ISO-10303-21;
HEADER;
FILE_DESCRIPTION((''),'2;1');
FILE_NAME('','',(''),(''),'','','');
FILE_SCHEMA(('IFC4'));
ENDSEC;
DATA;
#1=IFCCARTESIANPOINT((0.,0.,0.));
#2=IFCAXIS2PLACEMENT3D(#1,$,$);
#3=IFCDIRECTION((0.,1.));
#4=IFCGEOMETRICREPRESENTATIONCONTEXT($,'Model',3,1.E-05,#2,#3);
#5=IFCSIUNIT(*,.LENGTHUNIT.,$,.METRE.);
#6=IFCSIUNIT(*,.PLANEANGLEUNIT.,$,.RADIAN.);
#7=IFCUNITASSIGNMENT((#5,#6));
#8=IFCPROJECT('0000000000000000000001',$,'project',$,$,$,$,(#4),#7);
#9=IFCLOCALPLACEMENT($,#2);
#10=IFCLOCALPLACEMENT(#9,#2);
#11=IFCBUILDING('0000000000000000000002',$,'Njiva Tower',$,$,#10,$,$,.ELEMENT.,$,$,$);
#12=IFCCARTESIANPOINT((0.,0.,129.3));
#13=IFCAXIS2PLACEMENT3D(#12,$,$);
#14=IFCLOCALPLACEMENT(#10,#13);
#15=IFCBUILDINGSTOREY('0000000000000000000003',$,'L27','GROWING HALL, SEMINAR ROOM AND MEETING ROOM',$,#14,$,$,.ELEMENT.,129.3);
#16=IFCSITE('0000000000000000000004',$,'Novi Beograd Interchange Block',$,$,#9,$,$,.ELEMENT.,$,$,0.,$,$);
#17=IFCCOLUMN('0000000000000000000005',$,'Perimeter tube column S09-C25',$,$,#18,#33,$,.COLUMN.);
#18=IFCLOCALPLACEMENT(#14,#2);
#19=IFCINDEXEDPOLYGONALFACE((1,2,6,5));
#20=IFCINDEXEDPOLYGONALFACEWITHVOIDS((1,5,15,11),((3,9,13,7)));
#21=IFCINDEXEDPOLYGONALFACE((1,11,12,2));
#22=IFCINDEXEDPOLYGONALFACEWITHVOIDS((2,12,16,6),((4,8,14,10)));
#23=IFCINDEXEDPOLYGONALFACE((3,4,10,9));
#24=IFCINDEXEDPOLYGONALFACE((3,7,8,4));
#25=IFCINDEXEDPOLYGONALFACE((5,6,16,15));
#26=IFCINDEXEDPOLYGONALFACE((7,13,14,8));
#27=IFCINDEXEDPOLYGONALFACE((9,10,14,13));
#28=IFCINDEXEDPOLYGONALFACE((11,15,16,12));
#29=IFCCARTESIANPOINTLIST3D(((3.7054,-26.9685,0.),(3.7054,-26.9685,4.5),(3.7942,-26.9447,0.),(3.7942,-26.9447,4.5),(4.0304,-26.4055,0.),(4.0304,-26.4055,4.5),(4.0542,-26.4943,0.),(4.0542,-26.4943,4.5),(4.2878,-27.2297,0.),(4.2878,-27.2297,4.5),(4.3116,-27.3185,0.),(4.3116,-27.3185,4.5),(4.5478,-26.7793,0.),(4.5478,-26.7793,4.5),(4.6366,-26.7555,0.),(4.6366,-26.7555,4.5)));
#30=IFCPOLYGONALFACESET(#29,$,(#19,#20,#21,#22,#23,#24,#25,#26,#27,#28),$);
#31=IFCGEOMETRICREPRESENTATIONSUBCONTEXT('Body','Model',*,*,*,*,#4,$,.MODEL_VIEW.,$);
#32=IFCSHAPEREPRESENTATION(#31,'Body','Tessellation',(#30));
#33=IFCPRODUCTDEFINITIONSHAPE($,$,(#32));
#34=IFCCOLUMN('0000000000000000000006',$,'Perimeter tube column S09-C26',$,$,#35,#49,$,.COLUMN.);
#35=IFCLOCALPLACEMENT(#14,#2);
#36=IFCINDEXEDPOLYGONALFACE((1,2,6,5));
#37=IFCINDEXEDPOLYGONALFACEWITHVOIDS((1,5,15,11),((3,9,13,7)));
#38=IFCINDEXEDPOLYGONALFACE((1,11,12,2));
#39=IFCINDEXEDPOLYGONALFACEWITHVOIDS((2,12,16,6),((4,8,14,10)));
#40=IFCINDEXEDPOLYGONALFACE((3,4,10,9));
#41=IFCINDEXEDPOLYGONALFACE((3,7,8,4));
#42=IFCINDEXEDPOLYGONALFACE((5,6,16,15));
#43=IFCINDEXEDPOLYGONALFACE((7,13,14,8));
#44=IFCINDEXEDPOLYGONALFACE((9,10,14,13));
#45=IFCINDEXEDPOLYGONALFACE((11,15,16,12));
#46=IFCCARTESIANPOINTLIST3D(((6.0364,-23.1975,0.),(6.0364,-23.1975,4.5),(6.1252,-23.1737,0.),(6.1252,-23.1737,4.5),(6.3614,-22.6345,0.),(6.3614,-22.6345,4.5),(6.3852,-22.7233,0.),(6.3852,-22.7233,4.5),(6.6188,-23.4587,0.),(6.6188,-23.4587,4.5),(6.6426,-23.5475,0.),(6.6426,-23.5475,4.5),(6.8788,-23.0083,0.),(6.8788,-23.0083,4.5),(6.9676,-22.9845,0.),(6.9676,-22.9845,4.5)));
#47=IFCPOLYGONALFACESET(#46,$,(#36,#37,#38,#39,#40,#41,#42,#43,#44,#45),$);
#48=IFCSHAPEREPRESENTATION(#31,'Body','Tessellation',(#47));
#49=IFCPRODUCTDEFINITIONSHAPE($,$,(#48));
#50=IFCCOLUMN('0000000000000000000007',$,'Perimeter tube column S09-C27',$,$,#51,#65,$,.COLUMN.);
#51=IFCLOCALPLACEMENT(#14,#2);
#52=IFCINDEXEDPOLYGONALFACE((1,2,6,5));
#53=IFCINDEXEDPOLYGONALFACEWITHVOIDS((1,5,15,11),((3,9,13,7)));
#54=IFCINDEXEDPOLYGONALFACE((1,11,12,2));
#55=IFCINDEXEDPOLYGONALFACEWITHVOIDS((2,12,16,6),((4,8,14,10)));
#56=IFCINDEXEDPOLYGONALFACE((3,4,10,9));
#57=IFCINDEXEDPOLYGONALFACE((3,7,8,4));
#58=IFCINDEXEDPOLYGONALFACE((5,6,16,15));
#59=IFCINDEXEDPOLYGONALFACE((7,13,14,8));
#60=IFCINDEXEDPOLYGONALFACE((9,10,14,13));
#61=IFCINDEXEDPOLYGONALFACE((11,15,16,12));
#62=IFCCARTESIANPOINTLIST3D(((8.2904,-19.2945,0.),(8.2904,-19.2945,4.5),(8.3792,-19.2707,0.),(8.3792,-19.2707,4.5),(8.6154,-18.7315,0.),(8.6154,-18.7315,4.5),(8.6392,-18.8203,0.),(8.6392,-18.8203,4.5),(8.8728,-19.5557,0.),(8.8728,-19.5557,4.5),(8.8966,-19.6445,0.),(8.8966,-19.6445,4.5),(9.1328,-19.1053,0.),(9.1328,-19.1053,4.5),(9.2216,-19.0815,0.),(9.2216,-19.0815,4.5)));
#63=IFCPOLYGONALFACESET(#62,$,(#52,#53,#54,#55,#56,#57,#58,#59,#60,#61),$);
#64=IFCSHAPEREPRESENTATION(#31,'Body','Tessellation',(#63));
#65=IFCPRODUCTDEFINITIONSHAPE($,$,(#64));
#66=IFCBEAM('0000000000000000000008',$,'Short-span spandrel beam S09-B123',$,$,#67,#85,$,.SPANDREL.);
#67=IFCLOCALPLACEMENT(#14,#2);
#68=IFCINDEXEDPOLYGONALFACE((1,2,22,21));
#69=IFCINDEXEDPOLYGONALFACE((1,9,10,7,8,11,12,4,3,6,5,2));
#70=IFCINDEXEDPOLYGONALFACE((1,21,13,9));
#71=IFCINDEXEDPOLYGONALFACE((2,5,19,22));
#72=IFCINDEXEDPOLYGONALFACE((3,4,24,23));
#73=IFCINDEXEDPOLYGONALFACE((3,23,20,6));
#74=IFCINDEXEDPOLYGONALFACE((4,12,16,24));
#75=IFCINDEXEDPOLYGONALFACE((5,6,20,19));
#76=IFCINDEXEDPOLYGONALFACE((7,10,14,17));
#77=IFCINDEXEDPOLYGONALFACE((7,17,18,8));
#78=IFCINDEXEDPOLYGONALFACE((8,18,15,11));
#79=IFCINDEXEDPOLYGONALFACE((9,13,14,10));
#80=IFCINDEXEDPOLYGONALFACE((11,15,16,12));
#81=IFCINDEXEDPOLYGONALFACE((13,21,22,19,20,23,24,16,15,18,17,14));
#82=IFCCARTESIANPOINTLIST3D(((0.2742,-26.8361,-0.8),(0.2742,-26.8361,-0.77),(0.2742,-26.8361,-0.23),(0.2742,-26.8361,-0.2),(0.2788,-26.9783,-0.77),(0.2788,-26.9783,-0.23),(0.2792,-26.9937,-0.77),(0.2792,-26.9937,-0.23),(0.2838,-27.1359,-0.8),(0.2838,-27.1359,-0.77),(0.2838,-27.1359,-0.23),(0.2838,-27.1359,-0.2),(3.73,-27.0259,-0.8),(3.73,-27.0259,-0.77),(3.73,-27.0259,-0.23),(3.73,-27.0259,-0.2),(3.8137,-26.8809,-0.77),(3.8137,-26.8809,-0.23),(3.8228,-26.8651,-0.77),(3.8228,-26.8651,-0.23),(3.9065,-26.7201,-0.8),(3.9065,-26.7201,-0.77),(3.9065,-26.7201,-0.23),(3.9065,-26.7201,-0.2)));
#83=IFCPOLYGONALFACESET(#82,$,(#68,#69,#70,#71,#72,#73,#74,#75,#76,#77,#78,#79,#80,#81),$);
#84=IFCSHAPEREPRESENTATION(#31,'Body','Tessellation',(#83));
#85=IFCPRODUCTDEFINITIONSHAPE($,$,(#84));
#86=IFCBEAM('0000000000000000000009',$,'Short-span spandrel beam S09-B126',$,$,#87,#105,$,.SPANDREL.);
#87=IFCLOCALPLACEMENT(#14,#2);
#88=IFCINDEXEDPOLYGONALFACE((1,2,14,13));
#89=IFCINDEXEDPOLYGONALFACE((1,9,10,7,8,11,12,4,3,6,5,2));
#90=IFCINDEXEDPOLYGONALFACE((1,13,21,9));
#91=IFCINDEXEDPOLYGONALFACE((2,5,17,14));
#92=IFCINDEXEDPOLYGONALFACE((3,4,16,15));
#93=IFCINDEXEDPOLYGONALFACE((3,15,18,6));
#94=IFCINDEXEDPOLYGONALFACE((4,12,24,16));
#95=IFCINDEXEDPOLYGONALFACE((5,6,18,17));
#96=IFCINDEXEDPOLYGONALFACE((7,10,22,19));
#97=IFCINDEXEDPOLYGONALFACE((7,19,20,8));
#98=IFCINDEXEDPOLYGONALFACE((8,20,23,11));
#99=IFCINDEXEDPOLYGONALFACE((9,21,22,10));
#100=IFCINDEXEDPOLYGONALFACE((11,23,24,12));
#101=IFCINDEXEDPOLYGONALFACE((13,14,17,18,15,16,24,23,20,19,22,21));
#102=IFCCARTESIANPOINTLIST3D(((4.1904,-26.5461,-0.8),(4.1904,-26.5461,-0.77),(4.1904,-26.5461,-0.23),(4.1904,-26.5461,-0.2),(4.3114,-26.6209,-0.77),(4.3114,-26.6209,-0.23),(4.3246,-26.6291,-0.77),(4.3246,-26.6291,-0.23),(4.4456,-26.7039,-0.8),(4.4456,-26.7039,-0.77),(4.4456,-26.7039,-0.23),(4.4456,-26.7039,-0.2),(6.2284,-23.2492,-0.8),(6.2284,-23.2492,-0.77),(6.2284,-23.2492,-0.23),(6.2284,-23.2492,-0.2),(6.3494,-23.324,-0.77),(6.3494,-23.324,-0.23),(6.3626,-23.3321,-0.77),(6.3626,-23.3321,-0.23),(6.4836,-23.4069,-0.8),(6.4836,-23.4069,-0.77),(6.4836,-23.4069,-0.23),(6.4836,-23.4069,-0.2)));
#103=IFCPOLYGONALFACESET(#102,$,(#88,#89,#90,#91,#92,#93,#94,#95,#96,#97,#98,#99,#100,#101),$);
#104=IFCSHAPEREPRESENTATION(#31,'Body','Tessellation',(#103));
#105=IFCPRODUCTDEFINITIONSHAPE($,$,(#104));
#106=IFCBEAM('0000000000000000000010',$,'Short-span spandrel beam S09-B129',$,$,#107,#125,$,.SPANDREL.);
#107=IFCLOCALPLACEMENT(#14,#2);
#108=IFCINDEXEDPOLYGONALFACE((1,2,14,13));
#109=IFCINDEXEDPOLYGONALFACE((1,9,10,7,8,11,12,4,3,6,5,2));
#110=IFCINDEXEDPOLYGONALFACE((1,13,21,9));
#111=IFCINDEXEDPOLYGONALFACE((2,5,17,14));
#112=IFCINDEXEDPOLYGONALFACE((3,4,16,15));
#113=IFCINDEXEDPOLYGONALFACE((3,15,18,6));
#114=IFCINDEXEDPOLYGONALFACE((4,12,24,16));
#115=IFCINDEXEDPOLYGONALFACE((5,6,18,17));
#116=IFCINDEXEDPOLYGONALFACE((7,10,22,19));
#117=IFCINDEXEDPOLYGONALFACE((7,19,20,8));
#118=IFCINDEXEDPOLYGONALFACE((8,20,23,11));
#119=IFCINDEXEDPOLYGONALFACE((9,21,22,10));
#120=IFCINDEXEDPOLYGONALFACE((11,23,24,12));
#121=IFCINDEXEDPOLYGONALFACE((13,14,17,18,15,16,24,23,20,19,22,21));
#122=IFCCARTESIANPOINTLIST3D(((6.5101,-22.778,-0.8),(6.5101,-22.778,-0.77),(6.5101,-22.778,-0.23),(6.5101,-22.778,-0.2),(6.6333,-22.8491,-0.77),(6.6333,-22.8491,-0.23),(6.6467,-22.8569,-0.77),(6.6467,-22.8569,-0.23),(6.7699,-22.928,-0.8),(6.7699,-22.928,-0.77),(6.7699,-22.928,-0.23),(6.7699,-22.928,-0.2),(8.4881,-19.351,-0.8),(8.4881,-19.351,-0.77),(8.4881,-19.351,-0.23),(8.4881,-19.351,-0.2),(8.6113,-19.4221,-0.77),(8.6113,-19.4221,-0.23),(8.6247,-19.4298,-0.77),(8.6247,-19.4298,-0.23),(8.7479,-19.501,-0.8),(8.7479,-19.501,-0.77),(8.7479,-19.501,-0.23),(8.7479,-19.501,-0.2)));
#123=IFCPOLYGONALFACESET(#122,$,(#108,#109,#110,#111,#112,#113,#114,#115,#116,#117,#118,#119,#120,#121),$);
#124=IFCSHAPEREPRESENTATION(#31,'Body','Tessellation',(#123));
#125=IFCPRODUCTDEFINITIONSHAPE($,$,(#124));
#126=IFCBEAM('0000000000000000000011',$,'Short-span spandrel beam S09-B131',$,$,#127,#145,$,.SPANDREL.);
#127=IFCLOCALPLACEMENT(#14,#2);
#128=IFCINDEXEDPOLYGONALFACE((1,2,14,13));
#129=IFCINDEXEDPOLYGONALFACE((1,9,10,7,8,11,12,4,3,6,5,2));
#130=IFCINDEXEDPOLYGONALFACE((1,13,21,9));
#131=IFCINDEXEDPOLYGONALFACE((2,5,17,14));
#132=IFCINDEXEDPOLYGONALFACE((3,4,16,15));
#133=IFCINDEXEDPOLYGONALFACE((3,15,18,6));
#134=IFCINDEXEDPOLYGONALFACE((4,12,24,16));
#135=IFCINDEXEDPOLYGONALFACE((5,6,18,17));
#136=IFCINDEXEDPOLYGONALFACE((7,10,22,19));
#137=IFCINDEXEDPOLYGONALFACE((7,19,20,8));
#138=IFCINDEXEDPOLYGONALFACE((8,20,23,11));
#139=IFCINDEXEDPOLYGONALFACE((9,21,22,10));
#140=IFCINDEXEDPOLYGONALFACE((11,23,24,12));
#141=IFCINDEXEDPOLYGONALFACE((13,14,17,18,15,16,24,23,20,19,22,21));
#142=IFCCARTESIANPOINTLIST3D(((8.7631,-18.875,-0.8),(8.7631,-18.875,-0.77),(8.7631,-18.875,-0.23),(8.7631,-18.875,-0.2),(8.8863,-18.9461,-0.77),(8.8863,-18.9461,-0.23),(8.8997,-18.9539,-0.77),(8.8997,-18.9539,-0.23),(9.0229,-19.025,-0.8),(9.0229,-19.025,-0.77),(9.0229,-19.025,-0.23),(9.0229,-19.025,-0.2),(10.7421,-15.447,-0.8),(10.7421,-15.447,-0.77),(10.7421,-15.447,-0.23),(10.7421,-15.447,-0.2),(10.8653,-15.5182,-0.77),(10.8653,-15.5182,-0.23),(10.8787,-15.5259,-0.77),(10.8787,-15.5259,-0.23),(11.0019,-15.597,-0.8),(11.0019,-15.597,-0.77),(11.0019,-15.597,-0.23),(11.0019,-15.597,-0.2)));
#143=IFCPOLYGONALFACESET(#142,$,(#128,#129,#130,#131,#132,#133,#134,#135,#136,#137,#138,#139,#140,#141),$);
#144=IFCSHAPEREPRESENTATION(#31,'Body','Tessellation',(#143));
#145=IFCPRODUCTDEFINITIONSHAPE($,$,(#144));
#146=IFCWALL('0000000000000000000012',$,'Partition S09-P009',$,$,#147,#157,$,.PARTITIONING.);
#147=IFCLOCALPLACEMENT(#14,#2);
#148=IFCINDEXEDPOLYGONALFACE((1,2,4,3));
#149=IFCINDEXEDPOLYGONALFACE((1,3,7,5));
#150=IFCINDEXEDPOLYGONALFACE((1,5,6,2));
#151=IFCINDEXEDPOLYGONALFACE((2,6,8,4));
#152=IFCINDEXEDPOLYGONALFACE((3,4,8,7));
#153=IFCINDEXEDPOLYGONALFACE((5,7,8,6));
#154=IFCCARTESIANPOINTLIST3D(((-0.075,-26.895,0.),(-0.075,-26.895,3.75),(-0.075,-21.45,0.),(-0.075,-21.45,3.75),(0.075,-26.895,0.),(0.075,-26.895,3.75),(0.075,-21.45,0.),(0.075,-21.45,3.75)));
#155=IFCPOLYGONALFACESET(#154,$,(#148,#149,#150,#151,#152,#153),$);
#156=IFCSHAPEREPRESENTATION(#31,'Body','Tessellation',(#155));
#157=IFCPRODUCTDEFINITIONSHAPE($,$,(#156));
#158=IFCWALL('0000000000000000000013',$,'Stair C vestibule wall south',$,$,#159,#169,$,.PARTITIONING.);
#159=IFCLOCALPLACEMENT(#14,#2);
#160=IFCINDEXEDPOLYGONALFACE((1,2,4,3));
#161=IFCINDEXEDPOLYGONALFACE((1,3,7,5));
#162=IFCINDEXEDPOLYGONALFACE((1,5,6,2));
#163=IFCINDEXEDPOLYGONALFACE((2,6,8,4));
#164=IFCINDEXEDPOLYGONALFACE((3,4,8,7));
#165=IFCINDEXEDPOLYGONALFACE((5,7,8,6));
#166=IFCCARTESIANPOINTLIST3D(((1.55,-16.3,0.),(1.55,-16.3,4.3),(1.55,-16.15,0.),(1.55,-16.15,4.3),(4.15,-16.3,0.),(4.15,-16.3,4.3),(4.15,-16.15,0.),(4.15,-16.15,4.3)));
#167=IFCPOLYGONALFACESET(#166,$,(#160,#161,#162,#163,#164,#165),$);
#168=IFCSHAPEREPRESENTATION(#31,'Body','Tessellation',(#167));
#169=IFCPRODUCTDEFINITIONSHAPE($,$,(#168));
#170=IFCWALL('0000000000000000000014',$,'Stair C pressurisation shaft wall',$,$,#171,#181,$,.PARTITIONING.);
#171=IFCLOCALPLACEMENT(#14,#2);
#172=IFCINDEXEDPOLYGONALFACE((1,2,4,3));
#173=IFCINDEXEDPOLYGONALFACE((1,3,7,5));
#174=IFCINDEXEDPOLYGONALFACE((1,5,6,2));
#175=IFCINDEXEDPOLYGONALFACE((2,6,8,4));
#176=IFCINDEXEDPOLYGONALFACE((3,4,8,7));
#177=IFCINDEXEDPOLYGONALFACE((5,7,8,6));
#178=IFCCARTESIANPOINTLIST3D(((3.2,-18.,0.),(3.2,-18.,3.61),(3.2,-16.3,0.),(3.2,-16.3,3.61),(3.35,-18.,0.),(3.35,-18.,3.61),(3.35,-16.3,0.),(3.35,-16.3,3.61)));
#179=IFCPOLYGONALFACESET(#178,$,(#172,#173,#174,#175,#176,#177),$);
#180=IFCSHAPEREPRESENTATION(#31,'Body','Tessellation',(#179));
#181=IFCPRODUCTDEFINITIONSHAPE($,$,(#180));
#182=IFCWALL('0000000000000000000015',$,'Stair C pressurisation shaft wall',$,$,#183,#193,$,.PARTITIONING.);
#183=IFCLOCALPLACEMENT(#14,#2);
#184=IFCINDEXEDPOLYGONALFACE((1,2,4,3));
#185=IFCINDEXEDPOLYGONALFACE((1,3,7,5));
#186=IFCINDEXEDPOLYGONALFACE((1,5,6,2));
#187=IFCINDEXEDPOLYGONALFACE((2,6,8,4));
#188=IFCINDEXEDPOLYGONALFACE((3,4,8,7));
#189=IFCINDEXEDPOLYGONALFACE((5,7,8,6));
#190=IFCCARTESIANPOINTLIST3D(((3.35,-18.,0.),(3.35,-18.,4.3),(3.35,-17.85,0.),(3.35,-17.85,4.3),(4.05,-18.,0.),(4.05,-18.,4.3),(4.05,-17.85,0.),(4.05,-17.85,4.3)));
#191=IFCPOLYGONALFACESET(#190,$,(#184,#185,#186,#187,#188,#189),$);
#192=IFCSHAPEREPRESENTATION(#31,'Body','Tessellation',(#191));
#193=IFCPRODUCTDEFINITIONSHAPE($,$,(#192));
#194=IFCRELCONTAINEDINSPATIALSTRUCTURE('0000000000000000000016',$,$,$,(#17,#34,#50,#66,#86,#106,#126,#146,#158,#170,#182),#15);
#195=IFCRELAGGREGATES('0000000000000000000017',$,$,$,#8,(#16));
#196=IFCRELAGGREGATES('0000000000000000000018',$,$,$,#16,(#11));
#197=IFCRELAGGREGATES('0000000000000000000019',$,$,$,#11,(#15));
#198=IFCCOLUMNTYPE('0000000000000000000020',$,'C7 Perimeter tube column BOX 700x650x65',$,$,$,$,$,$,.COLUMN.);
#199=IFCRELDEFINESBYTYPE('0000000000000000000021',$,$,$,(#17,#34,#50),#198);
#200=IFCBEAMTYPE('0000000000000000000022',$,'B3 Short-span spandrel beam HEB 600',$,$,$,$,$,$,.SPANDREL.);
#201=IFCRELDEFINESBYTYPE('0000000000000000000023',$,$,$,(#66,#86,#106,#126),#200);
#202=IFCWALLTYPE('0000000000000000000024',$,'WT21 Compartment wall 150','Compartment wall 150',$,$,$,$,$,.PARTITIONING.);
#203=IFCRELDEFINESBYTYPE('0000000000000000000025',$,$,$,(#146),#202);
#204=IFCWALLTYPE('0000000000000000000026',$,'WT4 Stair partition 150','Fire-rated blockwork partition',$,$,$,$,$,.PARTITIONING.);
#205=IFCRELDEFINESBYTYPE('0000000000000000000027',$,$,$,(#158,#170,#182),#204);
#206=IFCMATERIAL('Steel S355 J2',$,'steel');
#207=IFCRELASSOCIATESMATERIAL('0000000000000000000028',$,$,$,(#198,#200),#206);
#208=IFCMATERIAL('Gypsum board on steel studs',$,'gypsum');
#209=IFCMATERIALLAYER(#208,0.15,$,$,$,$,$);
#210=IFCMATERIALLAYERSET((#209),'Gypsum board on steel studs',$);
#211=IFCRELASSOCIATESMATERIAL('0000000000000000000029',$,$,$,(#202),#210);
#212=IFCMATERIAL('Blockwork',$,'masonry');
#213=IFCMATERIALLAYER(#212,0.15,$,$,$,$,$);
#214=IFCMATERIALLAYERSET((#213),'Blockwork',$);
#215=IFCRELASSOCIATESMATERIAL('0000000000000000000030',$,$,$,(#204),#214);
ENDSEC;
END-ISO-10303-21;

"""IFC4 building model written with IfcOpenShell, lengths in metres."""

from ifc_helpers import new_model, si_unit, direction, frame, frame_2d, origin, origin_2d, place, context, subcontext, project, spatial, rectangle, hollow_rectangle, i_section, extrude, clip, halfspace, material, layer, layer_set, material_profile, profile_set, type_object, element, save


model = new_model("IFC4")

# Units and contexts
model_context = context("Model", 3, precision=1e-05, world=origin(), true_north=direction((0.0, 1.0)))
body_context = subcontext(model_context, "Body", "Model", "MODEL_VIEW")
ifc_project = project(units=[si_unit("LENGTHUNIT", "METRE"), si_unit("PLANEANGLEUNIT", "RADIAN")], contexts=[model_context])

# Site, building, storey
site_placement = place(None, origin())
site = spatial("IfcSite", under=ifc_project, at=site_placement, Name="Novi Beograd Interchange Block", CompositionType="ELEMENT", RefElevation=0.0)
building_placement = place(site_placement, origin())
building = spatial("IfcBuilding", under=site, at=building_placement, Name="Njiva Tower", CompositionType="ELEMENT")
storey_placement = place(building_placement, frame((0.0, 0.0, 129.3)))
storey = spatial("IfcBuildingStorey", under=building, at=storey_placement, Name="L27", Description="GROWING HALL, SEMINAR ROOM AND MEETING ROOM", CompositionType="ELEMENT", Elevation=129.3)

# Columns
ifc_material_1 = material(Name="Steel S355 J2", Category="steel")
ifc_material_profile_1 = material_profile(ifc_material_1, hollow_rectangle(XDim=0.65, YDim=0.7, WallThickness=0.065, at=origin_2d()), Name="BOX 700x650x65")
ifc_profile_set_1 = profile_set([ifc_material_profile_1], Name="Steel S355 J2")
column_type = type_object("IfcColumnType", Name="C7 Perimeter tube column BOX 700x650x65", PredefinedType="COLUMN", material=ifc_profile_set_1)
for number, where, z_axis, x_axis, name in (
    (1, (4.171, -26.862, 0.0), (0.0, 0.0, 1.0), (0.5, 0.866025, 0.0), "Perimeter tube column S09-C25"),
    (2, (6.502, -23.091, 0.0), (0.0, 0.0, 1.0), (0.5, 0.866025, 0.0), "Perimeter tube column S09-C26"),
    (3, (8.756, -19.188, 0.0), (0.0, 0.0, 1.0), (0.5, 0.866025, 0.0), "Perimeter tube column S09-C27"),
):
    element("IfcColumn", number, at=place(storey_placement, frame(where, z_axis=z_axis, x_axis=x_axis)), inside=storey, type_object=column_type, Name=name, PredefinedType="COLUMN", context=body_context, shape_type="SweptSolid", body=[
        extrude(hollow_rectangle(XDim=0.65, YDim=0.7, WallThickness=0.065, at=origin_2d()), origin(), (0.0, 0.0, 1.0), 4.5),
    ])

# Beams
ifc_material_profile_2 = material_profile(ifc_material_1, i_section(OverallWidth=0.3, OverallDepth=0.6, WebThickness=0.0155, FlangeThickness=0.03, at=origin_2d()), Name="HEB 600")
ifc_profile_set_2 = profile_set([ifc_material_profile_2], Name="Steel S355 J2")
beam_type = type_object("IfcBeamType", Name="B3 Short-span spandrel beam HEB 600", PredefinedType="SPANDREL", material=ifc_profile_set_2)
beam_1_placement = place(storey_placement, frame((0.279, -26.986, -0.5), z_axis=(0.999491, 0.031914, 0.0), x_axis=(-0.031914, 0.999491, 0.0)))
element("IfcBeam", 4, at=beam_1_placement, inside=storey, type_object=beam_type, Name="Short-span spandrel beam S09-B123", PredefinedType="SPANDREL", context=body_context, shape_type="Clipping", body=[
    clip(extrude(i_section(OverallWidth=0.3, OverallDepth=0.6, WebThickness=0.0155, FlangeThickness=0.03, at=origin_2d()), origin(), (0.0, 0.0, 1.0), 3.6538), halfspace(frame((-0.0267, 0.0, 3.5245), z_axis=(-0.527381, 0.0, 0.849629), x_axis=(0.0, 1.0, 0.0)), False)),
])
beam_2_placement = place(storey_placement, frame((4.318, -26.625, -0.5), z_axis=(0.525795, 0.850611, 0.0), x_axis=(-0.850611, 0.525795, 0.0)))
element("IfcBeam", 5, at=beam_2_placement, inside=storey, type_object=beam_type, Name="Short-span spandrel beam S09-B126", PredefinedType="SPANDREL", context=body_context, shape_type="SweptSolid", body=[
    extrude(i_section(OverallWidth=0.3, OverallDepth=0.6, WebThickness=0.0155, FlangeThickness=0.03, at=origin_2d()), origin(), (0.0, 0.0, 1.0), 3.876),
])
beam_3_placement = place(storey_placement, frame((6.64, -22.853, -0.5), z_axis=(0.49989, 0.866089, 0.0), x_axis=(-0.866089, 0.49989, 0.0)))
element("IfcBeam", 6, at=beam_3_placement, inside=storey, type_object=beam_type, Name="Short-span spandrel beam S09-B129", PredefinedType="SPANDREL", context=body_context, shape_type="SweptSolid", body=[
    extrude(i_section(OverallWidth=0.3, OverallDepth=0.6, WebThickness=0.0155, FlangeThickness=0.03, at=origin_2d()), origin(), (0.0, 0.0, 1.0), 3.9569),
])
beam_4_placement = place(storey_placement, frame((8.893, -18.95, -0.5), z_axis=(0.49997, 0.866043, 0.0), x_axis=(-0.866043, 0.49997, 0.0)))
element("IfcBeam", 7, at=beam_4_placement, inside=storey, type_object=beam_type, Name="Short-span spandrel beam S09-B131", PredefinedType="SPANDREL", context=body_context, shape_type="SweptSolid", body=[
    extrude(i_section(OverallWidth=0.3, OverallDepth=0.6, WebThickness=0.0155, FlangeThickness=0.03, at=origin_2d()), origin(), (0.0, 0.0, 1.0), 3.9582),
])

# Walls
ifc_material_2 = material(Name="Gypsum board on steel studs", Category="gypsum")
ifc_layer_1 = layer(ifc_material_2, 0.15)
ifc_layer_set_1 = layer_set([ifc_layer_1], Name="Gypsum board on steel studs")
wall_type_1 = type_object("IfcWallType", Name="WT21 Compartment wall 150", Description="Compartment wall 150", PredefinedType="PARTITIONING", material=ifc_layer_set_1)
wall_1_placement = place(storey_placement, frame((0.0, -26.895, 0.0), z_axis=(0.0, 0.0, 1.0), x_axis=(0.0, 1.0, 0.0)))
element("IfcWall", 8, at=wall_1_placement, inside=storey, type_object=wall_type_1, Name="Partition S09-P009", PredefinedType="PARTITIONING", context=body_context, shape_type="SweptSolid", body=[
    extrude(rectangle(XDim=5.445, YDim=0.15, at=frame_2d((2.7225, 0.0))), origin(), (0.0, 0.0, 1.0), 3.75),
])
ifc_material_3 = material(Name="Blockwork", Category="masonry")
ifc_layer_2 = layer(ifc_material_3, 0.15)
ifc_layer_set_2 = layer_set([ifc_layer_2], Name="Blockwork")
wall_type_2 = type_object("IfcWallType", Name="WT4 Stair partition 150", Description="Fire-rated blockwork partition", PredefinedType="PARTITIONING", material=ifc_layer_set_2)
wall_2_placement = place(storey_placement, frame((1.55, -16.225, 0.0), z_axis=(0.0, 0.0, 1.0), x_axis=(1.0, 0.0, 0.0)))
element("IfcWall", 9, at=wall_2_placement, inside=storey, type_object=wall_type_2, Name="Stair C vestibule wall south", PredefinedType="PARTITIONING", context=body_context, shape_type="SweptSolid", body=[
    extrude(rectangle(XDim=2.6, YDim=0.15, at=frame_2d((1.3, 0.0))), origin(), (0.0, 0.0, 1.0), 4.3),
])
wall_3_placement = place(storey_placement, frame((3.275, -18.0, 0.0), z_axis=(0.0, 0.0, 1.0), x_axis=(0.0, 1.0, 0.0)))
element("IfcWall", 10, at=wall_3_placement, inside=storey, type_object=wall_type_2, Name="Stair C pressurisation shaft wall", PredefinedType="PARTITIONING", context=body_context, shape_type="SweptSolid", body=[
    extrude(rectangle(XDim=1.7, YDim=0.15, at=frame_2d((0.85, 0.0))), origin(), (0.0, 0.0, 1.0), 3.61),
])
wall_4_placement = place(storey_placement, frame((3.35, -17.925, 0.0), z_axis=(0.0, 0.0, 1.0), x_axis=(1.0, 0.0, 0.0)))
element("IfcWall", 11, at=wall_4_placement, inside=storey, type_object=wall_type_2, Name="Stair C pressurisation shaft wall", PredefinedType="PARTITIONING", context=body_context, shape_type="SweptSolid", body=[
    extrude(rectangle(XDim=0.7, YDim=0.15, at=frame_2d((0.35, 0.0))), origin(), (0.0, 0.0, 1.0), 4.3),
])

save(model, "model.ifc")
